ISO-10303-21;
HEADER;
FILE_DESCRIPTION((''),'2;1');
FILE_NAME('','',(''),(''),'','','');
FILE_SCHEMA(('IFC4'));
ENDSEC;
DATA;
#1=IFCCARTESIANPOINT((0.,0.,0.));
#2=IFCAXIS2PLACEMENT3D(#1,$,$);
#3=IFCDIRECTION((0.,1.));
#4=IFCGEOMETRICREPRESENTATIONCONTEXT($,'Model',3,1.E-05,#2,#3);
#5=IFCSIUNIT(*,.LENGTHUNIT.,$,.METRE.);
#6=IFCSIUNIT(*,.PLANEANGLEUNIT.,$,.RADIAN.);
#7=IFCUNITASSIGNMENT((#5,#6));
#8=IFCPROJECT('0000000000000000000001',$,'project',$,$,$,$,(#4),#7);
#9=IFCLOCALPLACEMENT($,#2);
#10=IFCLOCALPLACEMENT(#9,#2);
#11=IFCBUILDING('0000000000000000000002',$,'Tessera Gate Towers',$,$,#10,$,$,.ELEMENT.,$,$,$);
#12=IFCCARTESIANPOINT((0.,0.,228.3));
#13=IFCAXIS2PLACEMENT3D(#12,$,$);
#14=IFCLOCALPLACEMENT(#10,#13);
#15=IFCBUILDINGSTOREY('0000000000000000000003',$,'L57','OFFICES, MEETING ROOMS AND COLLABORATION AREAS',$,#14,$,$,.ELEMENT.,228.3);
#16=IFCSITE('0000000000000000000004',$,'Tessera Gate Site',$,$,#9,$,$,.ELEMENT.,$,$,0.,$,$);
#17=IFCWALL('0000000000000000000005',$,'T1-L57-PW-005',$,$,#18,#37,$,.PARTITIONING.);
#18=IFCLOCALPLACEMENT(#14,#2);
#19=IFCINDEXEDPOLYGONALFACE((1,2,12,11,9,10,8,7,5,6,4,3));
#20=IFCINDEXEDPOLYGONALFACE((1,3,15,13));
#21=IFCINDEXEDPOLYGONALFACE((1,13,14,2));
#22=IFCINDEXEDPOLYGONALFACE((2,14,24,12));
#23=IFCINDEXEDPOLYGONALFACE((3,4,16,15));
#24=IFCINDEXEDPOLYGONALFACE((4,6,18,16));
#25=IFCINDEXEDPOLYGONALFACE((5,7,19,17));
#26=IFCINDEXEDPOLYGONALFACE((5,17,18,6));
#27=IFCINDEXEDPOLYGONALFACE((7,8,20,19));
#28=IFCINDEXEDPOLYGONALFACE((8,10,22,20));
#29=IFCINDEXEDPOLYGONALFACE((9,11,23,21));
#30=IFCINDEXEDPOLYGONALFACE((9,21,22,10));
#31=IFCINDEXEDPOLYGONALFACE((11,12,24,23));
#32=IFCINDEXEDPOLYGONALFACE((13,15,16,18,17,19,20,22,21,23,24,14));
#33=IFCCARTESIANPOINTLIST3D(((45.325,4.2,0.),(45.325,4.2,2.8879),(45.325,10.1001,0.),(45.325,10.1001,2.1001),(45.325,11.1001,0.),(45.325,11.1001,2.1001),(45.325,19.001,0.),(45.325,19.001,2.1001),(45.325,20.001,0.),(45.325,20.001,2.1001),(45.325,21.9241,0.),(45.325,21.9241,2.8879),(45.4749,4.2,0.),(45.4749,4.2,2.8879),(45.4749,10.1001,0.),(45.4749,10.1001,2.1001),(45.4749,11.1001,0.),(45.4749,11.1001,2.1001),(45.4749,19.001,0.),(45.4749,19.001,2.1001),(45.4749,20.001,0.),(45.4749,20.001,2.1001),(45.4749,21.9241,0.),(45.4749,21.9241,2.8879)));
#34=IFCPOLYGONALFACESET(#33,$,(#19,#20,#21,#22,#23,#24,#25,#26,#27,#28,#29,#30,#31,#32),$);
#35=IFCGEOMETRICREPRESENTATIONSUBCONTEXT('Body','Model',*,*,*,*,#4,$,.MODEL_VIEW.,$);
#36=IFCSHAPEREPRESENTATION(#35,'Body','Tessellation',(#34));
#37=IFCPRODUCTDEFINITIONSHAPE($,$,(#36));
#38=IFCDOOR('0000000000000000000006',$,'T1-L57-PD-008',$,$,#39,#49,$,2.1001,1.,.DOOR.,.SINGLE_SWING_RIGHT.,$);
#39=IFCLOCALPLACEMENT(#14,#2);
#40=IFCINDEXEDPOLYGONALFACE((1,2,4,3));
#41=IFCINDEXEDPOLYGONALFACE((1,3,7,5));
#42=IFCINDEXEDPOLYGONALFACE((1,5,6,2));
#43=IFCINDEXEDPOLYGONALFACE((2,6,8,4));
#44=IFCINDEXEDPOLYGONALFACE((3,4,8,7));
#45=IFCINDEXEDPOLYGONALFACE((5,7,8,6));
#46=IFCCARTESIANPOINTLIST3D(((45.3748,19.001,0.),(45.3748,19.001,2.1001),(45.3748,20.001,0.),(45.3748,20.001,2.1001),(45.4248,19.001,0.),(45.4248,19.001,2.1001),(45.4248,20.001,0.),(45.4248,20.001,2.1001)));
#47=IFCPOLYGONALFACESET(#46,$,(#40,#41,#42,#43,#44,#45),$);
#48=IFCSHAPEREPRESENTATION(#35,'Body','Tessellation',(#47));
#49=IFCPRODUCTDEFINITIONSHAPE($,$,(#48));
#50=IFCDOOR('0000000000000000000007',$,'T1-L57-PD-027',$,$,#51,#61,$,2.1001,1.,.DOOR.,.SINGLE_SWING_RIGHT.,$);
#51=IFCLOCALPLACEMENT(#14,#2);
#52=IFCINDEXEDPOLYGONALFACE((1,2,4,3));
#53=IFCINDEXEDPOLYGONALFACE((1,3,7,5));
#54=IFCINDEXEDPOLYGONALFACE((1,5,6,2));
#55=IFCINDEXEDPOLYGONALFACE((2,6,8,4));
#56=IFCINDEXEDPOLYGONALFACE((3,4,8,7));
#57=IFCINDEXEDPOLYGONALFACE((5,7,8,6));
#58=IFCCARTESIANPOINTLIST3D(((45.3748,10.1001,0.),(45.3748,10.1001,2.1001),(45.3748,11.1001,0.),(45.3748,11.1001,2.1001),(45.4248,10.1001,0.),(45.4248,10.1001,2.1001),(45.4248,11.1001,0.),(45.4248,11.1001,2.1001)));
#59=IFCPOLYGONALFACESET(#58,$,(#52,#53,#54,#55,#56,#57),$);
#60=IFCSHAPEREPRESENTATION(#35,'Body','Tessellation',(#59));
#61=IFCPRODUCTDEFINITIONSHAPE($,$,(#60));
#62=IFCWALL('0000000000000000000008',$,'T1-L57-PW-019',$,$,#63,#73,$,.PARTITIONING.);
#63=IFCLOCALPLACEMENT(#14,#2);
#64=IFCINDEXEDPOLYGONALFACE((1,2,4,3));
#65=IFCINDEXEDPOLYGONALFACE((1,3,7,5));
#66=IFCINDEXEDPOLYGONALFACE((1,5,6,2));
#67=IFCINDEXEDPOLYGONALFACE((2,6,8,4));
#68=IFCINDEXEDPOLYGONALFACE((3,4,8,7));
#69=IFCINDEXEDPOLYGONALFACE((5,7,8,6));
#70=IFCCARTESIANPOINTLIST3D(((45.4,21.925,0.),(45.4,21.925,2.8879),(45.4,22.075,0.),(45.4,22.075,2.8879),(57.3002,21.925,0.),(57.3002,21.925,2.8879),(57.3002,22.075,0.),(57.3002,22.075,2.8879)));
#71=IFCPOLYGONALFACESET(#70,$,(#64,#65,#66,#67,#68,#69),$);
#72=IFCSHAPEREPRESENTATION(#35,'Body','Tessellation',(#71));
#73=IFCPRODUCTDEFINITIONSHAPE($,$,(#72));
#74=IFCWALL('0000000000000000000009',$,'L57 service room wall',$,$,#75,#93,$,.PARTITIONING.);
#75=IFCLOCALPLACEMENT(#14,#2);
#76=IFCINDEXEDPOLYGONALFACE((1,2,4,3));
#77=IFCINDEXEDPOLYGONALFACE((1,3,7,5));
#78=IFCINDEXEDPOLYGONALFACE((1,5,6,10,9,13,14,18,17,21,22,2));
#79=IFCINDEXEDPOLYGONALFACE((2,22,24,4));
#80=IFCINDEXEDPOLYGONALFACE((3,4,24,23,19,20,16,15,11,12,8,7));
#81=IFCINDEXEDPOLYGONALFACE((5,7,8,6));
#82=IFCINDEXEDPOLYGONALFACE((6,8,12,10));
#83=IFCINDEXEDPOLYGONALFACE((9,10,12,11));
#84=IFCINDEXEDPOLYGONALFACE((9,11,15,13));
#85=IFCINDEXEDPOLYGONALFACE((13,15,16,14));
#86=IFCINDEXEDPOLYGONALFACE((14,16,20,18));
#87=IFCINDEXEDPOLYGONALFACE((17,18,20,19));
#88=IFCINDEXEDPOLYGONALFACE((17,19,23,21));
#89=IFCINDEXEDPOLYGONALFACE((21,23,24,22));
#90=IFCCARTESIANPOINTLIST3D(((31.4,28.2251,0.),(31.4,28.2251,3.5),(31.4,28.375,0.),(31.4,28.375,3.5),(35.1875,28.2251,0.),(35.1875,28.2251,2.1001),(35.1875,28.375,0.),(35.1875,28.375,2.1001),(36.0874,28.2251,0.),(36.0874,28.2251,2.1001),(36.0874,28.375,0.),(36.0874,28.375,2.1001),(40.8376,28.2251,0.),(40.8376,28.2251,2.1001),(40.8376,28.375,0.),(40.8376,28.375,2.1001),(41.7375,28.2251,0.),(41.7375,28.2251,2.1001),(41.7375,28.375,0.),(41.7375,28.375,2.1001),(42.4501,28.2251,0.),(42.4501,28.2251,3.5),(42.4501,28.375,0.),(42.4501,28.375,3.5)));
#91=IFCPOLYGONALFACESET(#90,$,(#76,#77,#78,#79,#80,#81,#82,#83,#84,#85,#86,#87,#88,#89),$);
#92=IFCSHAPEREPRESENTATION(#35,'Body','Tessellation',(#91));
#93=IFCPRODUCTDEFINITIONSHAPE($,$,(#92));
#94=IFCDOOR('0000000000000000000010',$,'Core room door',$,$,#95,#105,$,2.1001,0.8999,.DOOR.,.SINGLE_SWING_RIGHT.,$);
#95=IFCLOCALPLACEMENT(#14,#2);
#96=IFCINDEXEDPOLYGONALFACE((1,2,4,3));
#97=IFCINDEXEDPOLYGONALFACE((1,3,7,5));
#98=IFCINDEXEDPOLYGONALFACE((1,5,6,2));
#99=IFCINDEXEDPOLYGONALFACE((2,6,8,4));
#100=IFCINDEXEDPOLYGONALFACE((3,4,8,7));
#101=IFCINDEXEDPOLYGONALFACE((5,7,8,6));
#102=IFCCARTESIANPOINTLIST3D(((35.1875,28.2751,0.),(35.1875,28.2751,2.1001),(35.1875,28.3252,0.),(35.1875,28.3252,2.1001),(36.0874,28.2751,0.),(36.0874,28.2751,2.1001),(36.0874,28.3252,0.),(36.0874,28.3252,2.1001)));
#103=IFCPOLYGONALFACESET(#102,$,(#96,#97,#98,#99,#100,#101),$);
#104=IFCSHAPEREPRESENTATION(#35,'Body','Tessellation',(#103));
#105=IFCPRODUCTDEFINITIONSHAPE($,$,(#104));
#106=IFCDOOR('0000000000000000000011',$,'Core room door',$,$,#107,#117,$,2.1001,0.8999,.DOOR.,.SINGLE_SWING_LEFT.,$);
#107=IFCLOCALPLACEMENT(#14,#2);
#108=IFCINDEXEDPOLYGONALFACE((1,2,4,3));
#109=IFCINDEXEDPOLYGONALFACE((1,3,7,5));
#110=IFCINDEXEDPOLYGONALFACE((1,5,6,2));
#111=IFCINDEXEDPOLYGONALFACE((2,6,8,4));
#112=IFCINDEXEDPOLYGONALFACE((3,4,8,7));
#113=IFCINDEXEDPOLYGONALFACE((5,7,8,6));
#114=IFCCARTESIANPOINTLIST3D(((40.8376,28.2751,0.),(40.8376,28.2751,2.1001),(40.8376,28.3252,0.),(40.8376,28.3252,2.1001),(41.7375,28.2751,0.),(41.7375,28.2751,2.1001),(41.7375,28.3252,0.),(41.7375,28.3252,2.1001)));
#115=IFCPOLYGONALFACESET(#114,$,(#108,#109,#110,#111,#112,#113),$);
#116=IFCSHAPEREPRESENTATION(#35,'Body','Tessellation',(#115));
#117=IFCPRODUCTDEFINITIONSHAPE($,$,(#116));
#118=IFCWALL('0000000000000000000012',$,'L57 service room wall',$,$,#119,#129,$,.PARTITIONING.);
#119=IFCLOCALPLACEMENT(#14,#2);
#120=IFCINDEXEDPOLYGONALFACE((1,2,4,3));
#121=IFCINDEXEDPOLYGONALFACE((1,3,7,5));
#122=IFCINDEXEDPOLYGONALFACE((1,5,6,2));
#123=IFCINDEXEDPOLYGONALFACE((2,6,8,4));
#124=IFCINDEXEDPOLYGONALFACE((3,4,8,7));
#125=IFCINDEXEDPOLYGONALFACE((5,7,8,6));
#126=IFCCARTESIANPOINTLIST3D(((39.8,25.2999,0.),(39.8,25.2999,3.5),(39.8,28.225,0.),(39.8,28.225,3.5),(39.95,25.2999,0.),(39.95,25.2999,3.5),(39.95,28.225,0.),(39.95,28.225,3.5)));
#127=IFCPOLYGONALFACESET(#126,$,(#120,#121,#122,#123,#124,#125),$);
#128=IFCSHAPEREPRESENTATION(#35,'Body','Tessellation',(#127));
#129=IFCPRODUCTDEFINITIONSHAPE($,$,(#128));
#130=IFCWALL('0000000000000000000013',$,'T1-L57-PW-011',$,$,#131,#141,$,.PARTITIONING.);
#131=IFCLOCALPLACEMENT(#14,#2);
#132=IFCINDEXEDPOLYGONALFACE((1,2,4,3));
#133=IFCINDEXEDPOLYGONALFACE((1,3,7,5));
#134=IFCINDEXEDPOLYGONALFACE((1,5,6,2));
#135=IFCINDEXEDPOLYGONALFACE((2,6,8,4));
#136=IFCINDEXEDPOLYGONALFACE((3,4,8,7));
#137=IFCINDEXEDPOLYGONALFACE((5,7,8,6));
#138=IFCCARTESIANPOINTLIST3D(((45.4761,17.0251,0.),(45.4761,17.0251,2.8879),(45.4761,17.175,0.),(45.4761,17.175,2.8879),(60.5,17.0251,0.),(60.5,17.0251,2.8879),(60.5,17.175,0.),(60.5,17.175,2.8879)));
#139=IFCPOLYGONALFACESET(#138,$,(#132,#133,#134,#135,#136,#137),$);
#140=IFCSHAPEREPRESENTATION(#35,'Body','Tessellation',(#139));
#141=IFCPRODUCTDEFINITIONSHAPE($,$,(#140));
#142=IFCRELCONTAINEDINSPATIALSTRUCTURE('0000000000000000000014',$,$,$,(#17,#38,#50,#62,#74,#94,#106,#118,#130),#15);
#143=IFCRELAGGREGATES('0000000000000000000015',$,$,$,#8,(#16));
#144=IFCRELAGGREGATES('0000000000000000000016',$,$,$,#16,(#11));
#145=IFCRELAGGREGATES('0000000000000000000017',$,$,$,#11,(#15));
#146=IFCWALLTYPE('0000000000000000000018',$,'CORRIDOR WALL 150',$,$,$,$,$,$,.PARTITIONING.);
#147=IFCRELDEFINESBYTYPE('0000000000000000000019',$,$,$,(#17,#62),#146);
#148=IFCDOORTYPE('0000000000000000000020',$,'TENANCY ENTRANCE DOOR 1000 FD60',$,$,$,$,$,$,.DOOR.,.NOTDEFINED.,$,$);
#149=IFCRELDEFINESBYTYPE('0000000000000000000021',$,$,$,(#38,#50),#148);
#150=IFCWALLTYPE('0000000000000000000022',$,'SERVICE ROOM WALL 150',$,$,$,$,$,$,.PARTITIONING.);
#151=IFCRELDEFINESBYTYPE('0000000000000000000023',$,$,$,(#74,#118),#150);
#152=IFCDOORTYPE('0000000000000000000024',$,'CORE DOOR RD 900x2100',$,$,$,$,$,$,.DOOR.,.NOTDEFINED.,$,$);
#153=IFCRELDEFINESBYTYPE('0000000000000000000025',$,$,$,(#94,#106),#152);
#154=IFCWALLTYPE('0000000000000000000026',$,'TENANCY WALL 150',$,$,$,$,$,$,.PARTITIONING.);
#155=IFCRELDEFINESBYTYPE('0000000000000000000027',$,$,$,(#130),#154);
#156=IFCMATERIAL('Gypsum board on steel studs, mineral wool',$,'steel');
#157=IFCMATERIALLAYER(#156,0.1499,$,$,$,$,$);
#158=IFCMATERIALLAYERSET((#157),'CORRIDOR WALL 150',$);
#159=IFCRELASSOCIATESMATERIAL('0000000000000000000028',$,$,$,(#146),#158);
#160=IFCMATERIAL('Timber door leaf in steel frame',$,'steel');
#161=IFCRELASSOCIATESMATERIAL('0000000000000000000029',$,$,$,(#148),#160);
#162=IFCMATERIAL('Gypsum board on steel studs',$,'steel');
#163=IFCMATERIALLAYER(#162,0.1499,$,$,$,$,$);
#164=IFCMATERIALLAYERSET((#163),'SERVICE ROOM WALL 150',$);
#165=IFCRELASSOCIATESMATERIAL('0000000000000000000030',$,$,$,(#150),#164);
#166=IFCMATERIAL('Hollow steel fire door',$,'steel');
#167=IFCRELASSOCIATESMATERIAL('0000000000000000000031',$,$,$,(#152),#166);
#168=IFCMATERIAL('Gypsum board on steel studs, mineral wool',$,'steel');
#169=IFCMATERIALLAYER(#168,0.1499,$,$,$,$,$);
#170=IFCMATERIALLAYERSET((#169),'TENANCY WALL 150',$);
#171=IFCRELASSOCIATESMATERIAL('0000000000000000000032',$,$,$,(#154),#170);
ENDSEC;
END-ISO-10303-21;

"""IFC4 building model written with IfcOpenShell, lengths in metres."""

from ifc_helpers import new_model, si_unit, direction, frame, frame_2d, origin, place, context, subcontext, project, spatial, rectangle, extrude, source, transform, mapped, material, layer, layer_set, type_object, element, fill, save


model = new_model("IFC4")

# Units and contexts
model_context = context("Model", 3, precision=1e-05, world=origin(), true_north=direction((0.0, 1.0)))
body_context = subcontext(model_context, "Body", "Model", "MODEL_VIEW")
ifc_project = project(units=[si_unit("LENGTHUNIT", "METRE"), si_unit("PLANEANGLEUNIT", "RADIAN")], contexts=[model_context])

# Site, building, storey
site_placement = place(None, origin())
site = spatial("IfcSite", under=ifc_project, at=site_placement, Name="Tessera Gate Site", CompositionType="ELEMENT", RefElevation=0.0)
building_placement = place(site_placement, origin())
building = spatial("IfcBuilding", under=site, at=building_placement, Name="Tessera Gate Towers", CompositionType="ELEMENT")
storey_placement = place(building_placement, frame((0.0, 0.0, 228.3)))
storey = spatial("IfcBuildingStorey", under=building, at=storey_placement, Name="L57", Description="OFFICES, MEETING ROOMS AND COLLABORATION AREAS", CompositionType="ELEMENT", Elevation=228.3)

# Wall, openings, doors
ifc_material_1 = material(Name="Gypsum board on steel studs, mineral wool", Category="steel")
ifc_layer_1 = layer(ifc_material_1, 0.1499)
ifc_layer_set_1 = layer_set([ifc_layer_1], Name="CORRIDOR WALL 150")
wall_type_1 = type_object("IfcWallType", Name="CORRIDOR WALL 150", PredefinedType="PARTITIONING", material=ifc_layer_set_1)
wall_1_placement = place(storey_placement, frame((45.3999, 21.9241, 0.0), z_axis=(0.0, 0.0, 1.0), x_axis=(0.0, -1.0, 0.0)))
wall_1 = element("IfcWall", 1, at=wall_1_placement, inside=storey, type_object=wall_type_1, Name="T1-L57-PW-005", PredefinedType="PARTITIONING", context=body_context, shape_type="SweptSolid", body=[
    extrude(rectangle(XDim=17.7241, YDim=0.1499, at=frame_2d((8.8621, 0.0))), origin(), (0.0, 0.0, 1.0), 2.8879),
])
shared_shape_1 = source(origin(), body_context, "Body", "SweptSolid", [
    extrude(rectangle(XDim=1.0, YDim=2.1001, at=frame_2d((0.5, 1.05))), frame((0.0, 0.085, 0.0), z_axis=(0.0, -1.0, 0.0), x_axis=(1.0, 0.0, 0.0)), (0.0, 0.0, 1.0), 0.1699),
])
opening_1_placement = place(wall_1_placement, frame((1.9231, 0.0, 0.0)))
opening_1 = element("IfcOpeningElement", 2, at=opening_1_placement, cuts=wall_1, PredefinedType="OPENING", context=body_context, shape_type="MappedRepresentation", body=[
    mapped(shared_shape_1, transform((0.0, 0.0, 0.0), scale=1.0)),
])
opening_2_placement = place(wall_1_placement, frame((10.824, 0.0, 0.0)))
opening_2 = element("IfcOpeningElement", 3, at=opening_2_placement, cuts=wall_1, PredefinedType="OPENING", context=body_context, shape_type="MappedRepresentation", body=[
    mapped(shared_shape_1, transform((0.0, 0.0, 0.0), scale=1.0)),
])
ifc_material_2 = material(Name="Timber door leaf in steel frame", Category="steel")
door_type_1 = type_object("IfcDoorType", Name="TENANCY ENTRANCE DOOR 1000 FD60", OperationType="NOTDEFINED", PredefinedType="DOOR", material=ifc_material_2)
shared_shape_2 = source(origin(), body_context, "Body", "SweptSolid", [
    extrude(rectangle(XDim=1.0, YDim=2.1001, at=frame_2d((0.5, 1.05))), frame((0.0, 0.0249, 0.0), z_axis=(0.0, -1.0, 0.0), x_axis=(1.0, 0.0, 0.0)), (0.0, 0.0, 1.0), 0.05),
])
door_1_placement = place(opening_1_placement, origin())
door_1 = element("IfcDoor", 4, at=door_1_placement, inside=storey, type_object=door_type_1, Name="T1-L57-PD-008", OperationType="SINGLE_SWING_RIGHT", OverallHeight=2.1001, OverallWidth=1.0, PredefinedType="DOOR", context=body_context, shape_type="MappedRepresentation", body=[
    mapped(shared_shape_2, transform((0.0, 0.0, 0.0), scale=1.0)),
])
fill(opening_1, door_1)
door_2_placement = place(opening_2_placement, origin())
door_2 = element("IfcDoor", 5, at=door_2_placement, inside=storey, type_object=door_type_1, Name="T1-L57-PD-027", OperationType="SINGLE_SWING_RIGHT", OverallHeight=2.1001, OverallWidth=1.0, PredefinedType="DOOR", context=body_context, shape_type="MappedRepresentation", body=[
    mapped(shared_shape_2, transform((0.0, 0.0, 0.0), scale=1.0)),
])
fill(opening_2, door_2)

# Wall
wall_2_placement = place(storey_placement, frame((45.3999, 22.0, 0.0), z_axis=(0.0, 0.0, 1.0), x_axis=(1.0, 0.0, 0.0)))
element("IfcWall", 6, at=wall_2_placement, inside=storey, type_object=wall_type_1, Name="T1-L57-PW-019", PredefinedType="PARTITIONING", context=body_context, shape_type="SweptSolid", body=[
    extrude(rectangle(XDim=11.9001, YDim=0.1499, at=frame_2d((5.9502, 0.0))), origin(), (0.0, 0.0, 1.0), 2.8879),
])

# Wall, openings, doors
ifc_material_3 = material(Name="Gypsum board on steel studs", Category="steel")
ifc_layer_2 = layer(ifc_material_3, 0.1499)
ifc_layer_set_2 = layer_set([ifc_layer_2], Name="SERVICE ROOM WALL 150")
wall_type_2 = type_object("IfcWallType", Name="SERVICE ROOM WALL 150", PredefinedType="PARTITIONING", material=ifc_layer_set_2)
wall_3_placement = place(storey_placement, frame((42.45, 28.3, 0.0), z_axis=(0.0, 0.0, 1.0), x_axis=(-1.0, 0.0, 0.0)))
wall_3 = element("IfcWall", 7, at=wall_3_placement, inside=storey, type_object=wall_type_2, Name="L57 service room wall", PredefinedType="PARTITIONING", context=body_context, shape_type="SweptSolid", body=[
    extrude(rectangle(XDim=11.05, YDim=0.1499, at=frame_2d((5.5249, 0.0))), origin(), (0.0, 0.0, 1.0), 3.5),
])
shared_shape_3 = source(origin(), body_context, "Body", "SweptSolid", [
    extrude(rectangle(XDim=0.8999, YDim=2.1001, at=frame_2d((0.45, 1.05))), frame((0.0, 0.085, 0.0), z_axis=(0.0, -1.0, 0.0), x_axis=(1.0, 0.0, 0.0)), (0.0, 0.0, 1.0), 0.1699),
])
opening_3_placement = place(wall_3_placement, frame((6.3625, 0.0, 0.0)))
opening_3 = element("IfcOpeningElement", 8, at=opening_3_placement, cuts=wall_3, PredefinedType="OPENING", context=body_context, shape_type="MappedRepresentation", body=[
    mapped(shared_shape_3, transform((0.0, 0.0, 0.0), scale=1.0)),
])
opening_4_placement = place(wall_3_placement, frame((0.7124, 0.0, 0.0)))
opening_4 = element("IfcOpeningElement", 9, at=opening_4_placement, cuts=wall_3, PredefinedType="OPENING", context=body_context, shape_type="MappedRepresentation", body=[
    mapped(shared_shape_3, transform((0.0, 0.0, 0.0), scale=1.0)),
])
ifc_material_4 = material(Name="Hollow steel fire door", Category="steel")
door_type_2 = type_object("IfcDoorType", Name="CORE DOOR RD 900x2100", OperationType="NOTDEFINED", PredefinedType="DOOR", material=ifc_material_4)
shared_shape_4 = source(origin(), body_context, "Body", "SweptSolid", [
    extrude(rectangle(XDim=0.8999, YDim=2.1001, at=frame_2d((0.45, 1.05))), frame((0.0, 0.0249, 0.0), z_axis=(0.0, -1.0, 0.0), x_axis=(1.0, 0.0, 0.0)), (0.0, 0.0, 1.0), 0.05),
])
door_3_placement = place(opening_3_placement, origin())
door_3 = element("IfcDoor", 10, at=door_3_placement, inside=storey, type_object=door_type_2, Name="Core room door", OperationType="SINGLE_SWING_RIGHT", OverallHeight=2.1001, OverallWidth=0.8999, PredefinedType="DOOR", context=body_context, shape_type="MappedRepresentation", body=[
    mapped(shared_shape_4, transform((0.0, 0.0, 0.0), scale=1.0)),
])
fill(opening_3, door_3)
door_4_placement = place(opening_4_placement, origin())
door_4 = element("IfcDoor", 11, at=door_4_placement, inside=storey, type_object=door_type_2, Name="Core room door", OperationType="SINGLE_SWING_LEFT", OverallHeight=2.1001, OverallWidth=0.8999, PredefinedType="DOOR", context=body_context, shape_type="MappedRepresentation", body=[
    mapped(shared_shape_4, transform((0.0, 0.0, 0.0), scale=1.0)),
])
fill(opening_4, door_4)

# Walls
wall_4_placement = place(storey_placement, frame((39.875, 25.3, 0.0), z_axis=(0.0, 0.0, 1.0), x_axis=(0.0, 1.0, 0.0)))
element("IfcWall", 12, at=wall_4_placement, inside=storey, type_object=wall_type_2, Name="L57 service room wall", PredefinedType="PARTITIONING", context=body_context, shape_type="SweptSolid", body=[
    extrude(rectangle(XDim=2.925, YDim=0.1499, at=frame_2d((1.4624, 0.0))), origin(), (0.0, 0.0, 1.0), 3.5),
])
ifc_material_5 = material(Name="Gypsum board on steel studs, mineral wool", Category="steel")
ifc_layer_3 = layer(ifc_material_5, 0.1499)
ifc_layer_set_3 = layer_set([ifc_layer_3], Name="TENANCY WALL 150")
wall_type_3 = type_object("IfcWallType", Name="TENANCY WALL 150", PredefinedType="PARTITIONING", material=ifc_layer_set_3)
wall_5_placement = place(storey_placement, frame((45.4761, 17.1001, 0.0), z_axis=(0.0, 0.0, 1.0), x_axis=(1.0, 0.0, 0.0)))
element("IfcWall", 13, at=wall_5_placement, inside=storey, type_object=wall_type_3, Name="T1-L57-PW-011", PredefinedType="PARTITIONING", context=body_context, shape_type="SweptSolid", body=[
    extrude(rectangle(XDim=15.0239, YDim=0.1499, at=frame_2d((7.512, 0.0))), origin(), (0.0, 0.0, 1.0), 2.8879),
])

save(model, "model.ifc")
